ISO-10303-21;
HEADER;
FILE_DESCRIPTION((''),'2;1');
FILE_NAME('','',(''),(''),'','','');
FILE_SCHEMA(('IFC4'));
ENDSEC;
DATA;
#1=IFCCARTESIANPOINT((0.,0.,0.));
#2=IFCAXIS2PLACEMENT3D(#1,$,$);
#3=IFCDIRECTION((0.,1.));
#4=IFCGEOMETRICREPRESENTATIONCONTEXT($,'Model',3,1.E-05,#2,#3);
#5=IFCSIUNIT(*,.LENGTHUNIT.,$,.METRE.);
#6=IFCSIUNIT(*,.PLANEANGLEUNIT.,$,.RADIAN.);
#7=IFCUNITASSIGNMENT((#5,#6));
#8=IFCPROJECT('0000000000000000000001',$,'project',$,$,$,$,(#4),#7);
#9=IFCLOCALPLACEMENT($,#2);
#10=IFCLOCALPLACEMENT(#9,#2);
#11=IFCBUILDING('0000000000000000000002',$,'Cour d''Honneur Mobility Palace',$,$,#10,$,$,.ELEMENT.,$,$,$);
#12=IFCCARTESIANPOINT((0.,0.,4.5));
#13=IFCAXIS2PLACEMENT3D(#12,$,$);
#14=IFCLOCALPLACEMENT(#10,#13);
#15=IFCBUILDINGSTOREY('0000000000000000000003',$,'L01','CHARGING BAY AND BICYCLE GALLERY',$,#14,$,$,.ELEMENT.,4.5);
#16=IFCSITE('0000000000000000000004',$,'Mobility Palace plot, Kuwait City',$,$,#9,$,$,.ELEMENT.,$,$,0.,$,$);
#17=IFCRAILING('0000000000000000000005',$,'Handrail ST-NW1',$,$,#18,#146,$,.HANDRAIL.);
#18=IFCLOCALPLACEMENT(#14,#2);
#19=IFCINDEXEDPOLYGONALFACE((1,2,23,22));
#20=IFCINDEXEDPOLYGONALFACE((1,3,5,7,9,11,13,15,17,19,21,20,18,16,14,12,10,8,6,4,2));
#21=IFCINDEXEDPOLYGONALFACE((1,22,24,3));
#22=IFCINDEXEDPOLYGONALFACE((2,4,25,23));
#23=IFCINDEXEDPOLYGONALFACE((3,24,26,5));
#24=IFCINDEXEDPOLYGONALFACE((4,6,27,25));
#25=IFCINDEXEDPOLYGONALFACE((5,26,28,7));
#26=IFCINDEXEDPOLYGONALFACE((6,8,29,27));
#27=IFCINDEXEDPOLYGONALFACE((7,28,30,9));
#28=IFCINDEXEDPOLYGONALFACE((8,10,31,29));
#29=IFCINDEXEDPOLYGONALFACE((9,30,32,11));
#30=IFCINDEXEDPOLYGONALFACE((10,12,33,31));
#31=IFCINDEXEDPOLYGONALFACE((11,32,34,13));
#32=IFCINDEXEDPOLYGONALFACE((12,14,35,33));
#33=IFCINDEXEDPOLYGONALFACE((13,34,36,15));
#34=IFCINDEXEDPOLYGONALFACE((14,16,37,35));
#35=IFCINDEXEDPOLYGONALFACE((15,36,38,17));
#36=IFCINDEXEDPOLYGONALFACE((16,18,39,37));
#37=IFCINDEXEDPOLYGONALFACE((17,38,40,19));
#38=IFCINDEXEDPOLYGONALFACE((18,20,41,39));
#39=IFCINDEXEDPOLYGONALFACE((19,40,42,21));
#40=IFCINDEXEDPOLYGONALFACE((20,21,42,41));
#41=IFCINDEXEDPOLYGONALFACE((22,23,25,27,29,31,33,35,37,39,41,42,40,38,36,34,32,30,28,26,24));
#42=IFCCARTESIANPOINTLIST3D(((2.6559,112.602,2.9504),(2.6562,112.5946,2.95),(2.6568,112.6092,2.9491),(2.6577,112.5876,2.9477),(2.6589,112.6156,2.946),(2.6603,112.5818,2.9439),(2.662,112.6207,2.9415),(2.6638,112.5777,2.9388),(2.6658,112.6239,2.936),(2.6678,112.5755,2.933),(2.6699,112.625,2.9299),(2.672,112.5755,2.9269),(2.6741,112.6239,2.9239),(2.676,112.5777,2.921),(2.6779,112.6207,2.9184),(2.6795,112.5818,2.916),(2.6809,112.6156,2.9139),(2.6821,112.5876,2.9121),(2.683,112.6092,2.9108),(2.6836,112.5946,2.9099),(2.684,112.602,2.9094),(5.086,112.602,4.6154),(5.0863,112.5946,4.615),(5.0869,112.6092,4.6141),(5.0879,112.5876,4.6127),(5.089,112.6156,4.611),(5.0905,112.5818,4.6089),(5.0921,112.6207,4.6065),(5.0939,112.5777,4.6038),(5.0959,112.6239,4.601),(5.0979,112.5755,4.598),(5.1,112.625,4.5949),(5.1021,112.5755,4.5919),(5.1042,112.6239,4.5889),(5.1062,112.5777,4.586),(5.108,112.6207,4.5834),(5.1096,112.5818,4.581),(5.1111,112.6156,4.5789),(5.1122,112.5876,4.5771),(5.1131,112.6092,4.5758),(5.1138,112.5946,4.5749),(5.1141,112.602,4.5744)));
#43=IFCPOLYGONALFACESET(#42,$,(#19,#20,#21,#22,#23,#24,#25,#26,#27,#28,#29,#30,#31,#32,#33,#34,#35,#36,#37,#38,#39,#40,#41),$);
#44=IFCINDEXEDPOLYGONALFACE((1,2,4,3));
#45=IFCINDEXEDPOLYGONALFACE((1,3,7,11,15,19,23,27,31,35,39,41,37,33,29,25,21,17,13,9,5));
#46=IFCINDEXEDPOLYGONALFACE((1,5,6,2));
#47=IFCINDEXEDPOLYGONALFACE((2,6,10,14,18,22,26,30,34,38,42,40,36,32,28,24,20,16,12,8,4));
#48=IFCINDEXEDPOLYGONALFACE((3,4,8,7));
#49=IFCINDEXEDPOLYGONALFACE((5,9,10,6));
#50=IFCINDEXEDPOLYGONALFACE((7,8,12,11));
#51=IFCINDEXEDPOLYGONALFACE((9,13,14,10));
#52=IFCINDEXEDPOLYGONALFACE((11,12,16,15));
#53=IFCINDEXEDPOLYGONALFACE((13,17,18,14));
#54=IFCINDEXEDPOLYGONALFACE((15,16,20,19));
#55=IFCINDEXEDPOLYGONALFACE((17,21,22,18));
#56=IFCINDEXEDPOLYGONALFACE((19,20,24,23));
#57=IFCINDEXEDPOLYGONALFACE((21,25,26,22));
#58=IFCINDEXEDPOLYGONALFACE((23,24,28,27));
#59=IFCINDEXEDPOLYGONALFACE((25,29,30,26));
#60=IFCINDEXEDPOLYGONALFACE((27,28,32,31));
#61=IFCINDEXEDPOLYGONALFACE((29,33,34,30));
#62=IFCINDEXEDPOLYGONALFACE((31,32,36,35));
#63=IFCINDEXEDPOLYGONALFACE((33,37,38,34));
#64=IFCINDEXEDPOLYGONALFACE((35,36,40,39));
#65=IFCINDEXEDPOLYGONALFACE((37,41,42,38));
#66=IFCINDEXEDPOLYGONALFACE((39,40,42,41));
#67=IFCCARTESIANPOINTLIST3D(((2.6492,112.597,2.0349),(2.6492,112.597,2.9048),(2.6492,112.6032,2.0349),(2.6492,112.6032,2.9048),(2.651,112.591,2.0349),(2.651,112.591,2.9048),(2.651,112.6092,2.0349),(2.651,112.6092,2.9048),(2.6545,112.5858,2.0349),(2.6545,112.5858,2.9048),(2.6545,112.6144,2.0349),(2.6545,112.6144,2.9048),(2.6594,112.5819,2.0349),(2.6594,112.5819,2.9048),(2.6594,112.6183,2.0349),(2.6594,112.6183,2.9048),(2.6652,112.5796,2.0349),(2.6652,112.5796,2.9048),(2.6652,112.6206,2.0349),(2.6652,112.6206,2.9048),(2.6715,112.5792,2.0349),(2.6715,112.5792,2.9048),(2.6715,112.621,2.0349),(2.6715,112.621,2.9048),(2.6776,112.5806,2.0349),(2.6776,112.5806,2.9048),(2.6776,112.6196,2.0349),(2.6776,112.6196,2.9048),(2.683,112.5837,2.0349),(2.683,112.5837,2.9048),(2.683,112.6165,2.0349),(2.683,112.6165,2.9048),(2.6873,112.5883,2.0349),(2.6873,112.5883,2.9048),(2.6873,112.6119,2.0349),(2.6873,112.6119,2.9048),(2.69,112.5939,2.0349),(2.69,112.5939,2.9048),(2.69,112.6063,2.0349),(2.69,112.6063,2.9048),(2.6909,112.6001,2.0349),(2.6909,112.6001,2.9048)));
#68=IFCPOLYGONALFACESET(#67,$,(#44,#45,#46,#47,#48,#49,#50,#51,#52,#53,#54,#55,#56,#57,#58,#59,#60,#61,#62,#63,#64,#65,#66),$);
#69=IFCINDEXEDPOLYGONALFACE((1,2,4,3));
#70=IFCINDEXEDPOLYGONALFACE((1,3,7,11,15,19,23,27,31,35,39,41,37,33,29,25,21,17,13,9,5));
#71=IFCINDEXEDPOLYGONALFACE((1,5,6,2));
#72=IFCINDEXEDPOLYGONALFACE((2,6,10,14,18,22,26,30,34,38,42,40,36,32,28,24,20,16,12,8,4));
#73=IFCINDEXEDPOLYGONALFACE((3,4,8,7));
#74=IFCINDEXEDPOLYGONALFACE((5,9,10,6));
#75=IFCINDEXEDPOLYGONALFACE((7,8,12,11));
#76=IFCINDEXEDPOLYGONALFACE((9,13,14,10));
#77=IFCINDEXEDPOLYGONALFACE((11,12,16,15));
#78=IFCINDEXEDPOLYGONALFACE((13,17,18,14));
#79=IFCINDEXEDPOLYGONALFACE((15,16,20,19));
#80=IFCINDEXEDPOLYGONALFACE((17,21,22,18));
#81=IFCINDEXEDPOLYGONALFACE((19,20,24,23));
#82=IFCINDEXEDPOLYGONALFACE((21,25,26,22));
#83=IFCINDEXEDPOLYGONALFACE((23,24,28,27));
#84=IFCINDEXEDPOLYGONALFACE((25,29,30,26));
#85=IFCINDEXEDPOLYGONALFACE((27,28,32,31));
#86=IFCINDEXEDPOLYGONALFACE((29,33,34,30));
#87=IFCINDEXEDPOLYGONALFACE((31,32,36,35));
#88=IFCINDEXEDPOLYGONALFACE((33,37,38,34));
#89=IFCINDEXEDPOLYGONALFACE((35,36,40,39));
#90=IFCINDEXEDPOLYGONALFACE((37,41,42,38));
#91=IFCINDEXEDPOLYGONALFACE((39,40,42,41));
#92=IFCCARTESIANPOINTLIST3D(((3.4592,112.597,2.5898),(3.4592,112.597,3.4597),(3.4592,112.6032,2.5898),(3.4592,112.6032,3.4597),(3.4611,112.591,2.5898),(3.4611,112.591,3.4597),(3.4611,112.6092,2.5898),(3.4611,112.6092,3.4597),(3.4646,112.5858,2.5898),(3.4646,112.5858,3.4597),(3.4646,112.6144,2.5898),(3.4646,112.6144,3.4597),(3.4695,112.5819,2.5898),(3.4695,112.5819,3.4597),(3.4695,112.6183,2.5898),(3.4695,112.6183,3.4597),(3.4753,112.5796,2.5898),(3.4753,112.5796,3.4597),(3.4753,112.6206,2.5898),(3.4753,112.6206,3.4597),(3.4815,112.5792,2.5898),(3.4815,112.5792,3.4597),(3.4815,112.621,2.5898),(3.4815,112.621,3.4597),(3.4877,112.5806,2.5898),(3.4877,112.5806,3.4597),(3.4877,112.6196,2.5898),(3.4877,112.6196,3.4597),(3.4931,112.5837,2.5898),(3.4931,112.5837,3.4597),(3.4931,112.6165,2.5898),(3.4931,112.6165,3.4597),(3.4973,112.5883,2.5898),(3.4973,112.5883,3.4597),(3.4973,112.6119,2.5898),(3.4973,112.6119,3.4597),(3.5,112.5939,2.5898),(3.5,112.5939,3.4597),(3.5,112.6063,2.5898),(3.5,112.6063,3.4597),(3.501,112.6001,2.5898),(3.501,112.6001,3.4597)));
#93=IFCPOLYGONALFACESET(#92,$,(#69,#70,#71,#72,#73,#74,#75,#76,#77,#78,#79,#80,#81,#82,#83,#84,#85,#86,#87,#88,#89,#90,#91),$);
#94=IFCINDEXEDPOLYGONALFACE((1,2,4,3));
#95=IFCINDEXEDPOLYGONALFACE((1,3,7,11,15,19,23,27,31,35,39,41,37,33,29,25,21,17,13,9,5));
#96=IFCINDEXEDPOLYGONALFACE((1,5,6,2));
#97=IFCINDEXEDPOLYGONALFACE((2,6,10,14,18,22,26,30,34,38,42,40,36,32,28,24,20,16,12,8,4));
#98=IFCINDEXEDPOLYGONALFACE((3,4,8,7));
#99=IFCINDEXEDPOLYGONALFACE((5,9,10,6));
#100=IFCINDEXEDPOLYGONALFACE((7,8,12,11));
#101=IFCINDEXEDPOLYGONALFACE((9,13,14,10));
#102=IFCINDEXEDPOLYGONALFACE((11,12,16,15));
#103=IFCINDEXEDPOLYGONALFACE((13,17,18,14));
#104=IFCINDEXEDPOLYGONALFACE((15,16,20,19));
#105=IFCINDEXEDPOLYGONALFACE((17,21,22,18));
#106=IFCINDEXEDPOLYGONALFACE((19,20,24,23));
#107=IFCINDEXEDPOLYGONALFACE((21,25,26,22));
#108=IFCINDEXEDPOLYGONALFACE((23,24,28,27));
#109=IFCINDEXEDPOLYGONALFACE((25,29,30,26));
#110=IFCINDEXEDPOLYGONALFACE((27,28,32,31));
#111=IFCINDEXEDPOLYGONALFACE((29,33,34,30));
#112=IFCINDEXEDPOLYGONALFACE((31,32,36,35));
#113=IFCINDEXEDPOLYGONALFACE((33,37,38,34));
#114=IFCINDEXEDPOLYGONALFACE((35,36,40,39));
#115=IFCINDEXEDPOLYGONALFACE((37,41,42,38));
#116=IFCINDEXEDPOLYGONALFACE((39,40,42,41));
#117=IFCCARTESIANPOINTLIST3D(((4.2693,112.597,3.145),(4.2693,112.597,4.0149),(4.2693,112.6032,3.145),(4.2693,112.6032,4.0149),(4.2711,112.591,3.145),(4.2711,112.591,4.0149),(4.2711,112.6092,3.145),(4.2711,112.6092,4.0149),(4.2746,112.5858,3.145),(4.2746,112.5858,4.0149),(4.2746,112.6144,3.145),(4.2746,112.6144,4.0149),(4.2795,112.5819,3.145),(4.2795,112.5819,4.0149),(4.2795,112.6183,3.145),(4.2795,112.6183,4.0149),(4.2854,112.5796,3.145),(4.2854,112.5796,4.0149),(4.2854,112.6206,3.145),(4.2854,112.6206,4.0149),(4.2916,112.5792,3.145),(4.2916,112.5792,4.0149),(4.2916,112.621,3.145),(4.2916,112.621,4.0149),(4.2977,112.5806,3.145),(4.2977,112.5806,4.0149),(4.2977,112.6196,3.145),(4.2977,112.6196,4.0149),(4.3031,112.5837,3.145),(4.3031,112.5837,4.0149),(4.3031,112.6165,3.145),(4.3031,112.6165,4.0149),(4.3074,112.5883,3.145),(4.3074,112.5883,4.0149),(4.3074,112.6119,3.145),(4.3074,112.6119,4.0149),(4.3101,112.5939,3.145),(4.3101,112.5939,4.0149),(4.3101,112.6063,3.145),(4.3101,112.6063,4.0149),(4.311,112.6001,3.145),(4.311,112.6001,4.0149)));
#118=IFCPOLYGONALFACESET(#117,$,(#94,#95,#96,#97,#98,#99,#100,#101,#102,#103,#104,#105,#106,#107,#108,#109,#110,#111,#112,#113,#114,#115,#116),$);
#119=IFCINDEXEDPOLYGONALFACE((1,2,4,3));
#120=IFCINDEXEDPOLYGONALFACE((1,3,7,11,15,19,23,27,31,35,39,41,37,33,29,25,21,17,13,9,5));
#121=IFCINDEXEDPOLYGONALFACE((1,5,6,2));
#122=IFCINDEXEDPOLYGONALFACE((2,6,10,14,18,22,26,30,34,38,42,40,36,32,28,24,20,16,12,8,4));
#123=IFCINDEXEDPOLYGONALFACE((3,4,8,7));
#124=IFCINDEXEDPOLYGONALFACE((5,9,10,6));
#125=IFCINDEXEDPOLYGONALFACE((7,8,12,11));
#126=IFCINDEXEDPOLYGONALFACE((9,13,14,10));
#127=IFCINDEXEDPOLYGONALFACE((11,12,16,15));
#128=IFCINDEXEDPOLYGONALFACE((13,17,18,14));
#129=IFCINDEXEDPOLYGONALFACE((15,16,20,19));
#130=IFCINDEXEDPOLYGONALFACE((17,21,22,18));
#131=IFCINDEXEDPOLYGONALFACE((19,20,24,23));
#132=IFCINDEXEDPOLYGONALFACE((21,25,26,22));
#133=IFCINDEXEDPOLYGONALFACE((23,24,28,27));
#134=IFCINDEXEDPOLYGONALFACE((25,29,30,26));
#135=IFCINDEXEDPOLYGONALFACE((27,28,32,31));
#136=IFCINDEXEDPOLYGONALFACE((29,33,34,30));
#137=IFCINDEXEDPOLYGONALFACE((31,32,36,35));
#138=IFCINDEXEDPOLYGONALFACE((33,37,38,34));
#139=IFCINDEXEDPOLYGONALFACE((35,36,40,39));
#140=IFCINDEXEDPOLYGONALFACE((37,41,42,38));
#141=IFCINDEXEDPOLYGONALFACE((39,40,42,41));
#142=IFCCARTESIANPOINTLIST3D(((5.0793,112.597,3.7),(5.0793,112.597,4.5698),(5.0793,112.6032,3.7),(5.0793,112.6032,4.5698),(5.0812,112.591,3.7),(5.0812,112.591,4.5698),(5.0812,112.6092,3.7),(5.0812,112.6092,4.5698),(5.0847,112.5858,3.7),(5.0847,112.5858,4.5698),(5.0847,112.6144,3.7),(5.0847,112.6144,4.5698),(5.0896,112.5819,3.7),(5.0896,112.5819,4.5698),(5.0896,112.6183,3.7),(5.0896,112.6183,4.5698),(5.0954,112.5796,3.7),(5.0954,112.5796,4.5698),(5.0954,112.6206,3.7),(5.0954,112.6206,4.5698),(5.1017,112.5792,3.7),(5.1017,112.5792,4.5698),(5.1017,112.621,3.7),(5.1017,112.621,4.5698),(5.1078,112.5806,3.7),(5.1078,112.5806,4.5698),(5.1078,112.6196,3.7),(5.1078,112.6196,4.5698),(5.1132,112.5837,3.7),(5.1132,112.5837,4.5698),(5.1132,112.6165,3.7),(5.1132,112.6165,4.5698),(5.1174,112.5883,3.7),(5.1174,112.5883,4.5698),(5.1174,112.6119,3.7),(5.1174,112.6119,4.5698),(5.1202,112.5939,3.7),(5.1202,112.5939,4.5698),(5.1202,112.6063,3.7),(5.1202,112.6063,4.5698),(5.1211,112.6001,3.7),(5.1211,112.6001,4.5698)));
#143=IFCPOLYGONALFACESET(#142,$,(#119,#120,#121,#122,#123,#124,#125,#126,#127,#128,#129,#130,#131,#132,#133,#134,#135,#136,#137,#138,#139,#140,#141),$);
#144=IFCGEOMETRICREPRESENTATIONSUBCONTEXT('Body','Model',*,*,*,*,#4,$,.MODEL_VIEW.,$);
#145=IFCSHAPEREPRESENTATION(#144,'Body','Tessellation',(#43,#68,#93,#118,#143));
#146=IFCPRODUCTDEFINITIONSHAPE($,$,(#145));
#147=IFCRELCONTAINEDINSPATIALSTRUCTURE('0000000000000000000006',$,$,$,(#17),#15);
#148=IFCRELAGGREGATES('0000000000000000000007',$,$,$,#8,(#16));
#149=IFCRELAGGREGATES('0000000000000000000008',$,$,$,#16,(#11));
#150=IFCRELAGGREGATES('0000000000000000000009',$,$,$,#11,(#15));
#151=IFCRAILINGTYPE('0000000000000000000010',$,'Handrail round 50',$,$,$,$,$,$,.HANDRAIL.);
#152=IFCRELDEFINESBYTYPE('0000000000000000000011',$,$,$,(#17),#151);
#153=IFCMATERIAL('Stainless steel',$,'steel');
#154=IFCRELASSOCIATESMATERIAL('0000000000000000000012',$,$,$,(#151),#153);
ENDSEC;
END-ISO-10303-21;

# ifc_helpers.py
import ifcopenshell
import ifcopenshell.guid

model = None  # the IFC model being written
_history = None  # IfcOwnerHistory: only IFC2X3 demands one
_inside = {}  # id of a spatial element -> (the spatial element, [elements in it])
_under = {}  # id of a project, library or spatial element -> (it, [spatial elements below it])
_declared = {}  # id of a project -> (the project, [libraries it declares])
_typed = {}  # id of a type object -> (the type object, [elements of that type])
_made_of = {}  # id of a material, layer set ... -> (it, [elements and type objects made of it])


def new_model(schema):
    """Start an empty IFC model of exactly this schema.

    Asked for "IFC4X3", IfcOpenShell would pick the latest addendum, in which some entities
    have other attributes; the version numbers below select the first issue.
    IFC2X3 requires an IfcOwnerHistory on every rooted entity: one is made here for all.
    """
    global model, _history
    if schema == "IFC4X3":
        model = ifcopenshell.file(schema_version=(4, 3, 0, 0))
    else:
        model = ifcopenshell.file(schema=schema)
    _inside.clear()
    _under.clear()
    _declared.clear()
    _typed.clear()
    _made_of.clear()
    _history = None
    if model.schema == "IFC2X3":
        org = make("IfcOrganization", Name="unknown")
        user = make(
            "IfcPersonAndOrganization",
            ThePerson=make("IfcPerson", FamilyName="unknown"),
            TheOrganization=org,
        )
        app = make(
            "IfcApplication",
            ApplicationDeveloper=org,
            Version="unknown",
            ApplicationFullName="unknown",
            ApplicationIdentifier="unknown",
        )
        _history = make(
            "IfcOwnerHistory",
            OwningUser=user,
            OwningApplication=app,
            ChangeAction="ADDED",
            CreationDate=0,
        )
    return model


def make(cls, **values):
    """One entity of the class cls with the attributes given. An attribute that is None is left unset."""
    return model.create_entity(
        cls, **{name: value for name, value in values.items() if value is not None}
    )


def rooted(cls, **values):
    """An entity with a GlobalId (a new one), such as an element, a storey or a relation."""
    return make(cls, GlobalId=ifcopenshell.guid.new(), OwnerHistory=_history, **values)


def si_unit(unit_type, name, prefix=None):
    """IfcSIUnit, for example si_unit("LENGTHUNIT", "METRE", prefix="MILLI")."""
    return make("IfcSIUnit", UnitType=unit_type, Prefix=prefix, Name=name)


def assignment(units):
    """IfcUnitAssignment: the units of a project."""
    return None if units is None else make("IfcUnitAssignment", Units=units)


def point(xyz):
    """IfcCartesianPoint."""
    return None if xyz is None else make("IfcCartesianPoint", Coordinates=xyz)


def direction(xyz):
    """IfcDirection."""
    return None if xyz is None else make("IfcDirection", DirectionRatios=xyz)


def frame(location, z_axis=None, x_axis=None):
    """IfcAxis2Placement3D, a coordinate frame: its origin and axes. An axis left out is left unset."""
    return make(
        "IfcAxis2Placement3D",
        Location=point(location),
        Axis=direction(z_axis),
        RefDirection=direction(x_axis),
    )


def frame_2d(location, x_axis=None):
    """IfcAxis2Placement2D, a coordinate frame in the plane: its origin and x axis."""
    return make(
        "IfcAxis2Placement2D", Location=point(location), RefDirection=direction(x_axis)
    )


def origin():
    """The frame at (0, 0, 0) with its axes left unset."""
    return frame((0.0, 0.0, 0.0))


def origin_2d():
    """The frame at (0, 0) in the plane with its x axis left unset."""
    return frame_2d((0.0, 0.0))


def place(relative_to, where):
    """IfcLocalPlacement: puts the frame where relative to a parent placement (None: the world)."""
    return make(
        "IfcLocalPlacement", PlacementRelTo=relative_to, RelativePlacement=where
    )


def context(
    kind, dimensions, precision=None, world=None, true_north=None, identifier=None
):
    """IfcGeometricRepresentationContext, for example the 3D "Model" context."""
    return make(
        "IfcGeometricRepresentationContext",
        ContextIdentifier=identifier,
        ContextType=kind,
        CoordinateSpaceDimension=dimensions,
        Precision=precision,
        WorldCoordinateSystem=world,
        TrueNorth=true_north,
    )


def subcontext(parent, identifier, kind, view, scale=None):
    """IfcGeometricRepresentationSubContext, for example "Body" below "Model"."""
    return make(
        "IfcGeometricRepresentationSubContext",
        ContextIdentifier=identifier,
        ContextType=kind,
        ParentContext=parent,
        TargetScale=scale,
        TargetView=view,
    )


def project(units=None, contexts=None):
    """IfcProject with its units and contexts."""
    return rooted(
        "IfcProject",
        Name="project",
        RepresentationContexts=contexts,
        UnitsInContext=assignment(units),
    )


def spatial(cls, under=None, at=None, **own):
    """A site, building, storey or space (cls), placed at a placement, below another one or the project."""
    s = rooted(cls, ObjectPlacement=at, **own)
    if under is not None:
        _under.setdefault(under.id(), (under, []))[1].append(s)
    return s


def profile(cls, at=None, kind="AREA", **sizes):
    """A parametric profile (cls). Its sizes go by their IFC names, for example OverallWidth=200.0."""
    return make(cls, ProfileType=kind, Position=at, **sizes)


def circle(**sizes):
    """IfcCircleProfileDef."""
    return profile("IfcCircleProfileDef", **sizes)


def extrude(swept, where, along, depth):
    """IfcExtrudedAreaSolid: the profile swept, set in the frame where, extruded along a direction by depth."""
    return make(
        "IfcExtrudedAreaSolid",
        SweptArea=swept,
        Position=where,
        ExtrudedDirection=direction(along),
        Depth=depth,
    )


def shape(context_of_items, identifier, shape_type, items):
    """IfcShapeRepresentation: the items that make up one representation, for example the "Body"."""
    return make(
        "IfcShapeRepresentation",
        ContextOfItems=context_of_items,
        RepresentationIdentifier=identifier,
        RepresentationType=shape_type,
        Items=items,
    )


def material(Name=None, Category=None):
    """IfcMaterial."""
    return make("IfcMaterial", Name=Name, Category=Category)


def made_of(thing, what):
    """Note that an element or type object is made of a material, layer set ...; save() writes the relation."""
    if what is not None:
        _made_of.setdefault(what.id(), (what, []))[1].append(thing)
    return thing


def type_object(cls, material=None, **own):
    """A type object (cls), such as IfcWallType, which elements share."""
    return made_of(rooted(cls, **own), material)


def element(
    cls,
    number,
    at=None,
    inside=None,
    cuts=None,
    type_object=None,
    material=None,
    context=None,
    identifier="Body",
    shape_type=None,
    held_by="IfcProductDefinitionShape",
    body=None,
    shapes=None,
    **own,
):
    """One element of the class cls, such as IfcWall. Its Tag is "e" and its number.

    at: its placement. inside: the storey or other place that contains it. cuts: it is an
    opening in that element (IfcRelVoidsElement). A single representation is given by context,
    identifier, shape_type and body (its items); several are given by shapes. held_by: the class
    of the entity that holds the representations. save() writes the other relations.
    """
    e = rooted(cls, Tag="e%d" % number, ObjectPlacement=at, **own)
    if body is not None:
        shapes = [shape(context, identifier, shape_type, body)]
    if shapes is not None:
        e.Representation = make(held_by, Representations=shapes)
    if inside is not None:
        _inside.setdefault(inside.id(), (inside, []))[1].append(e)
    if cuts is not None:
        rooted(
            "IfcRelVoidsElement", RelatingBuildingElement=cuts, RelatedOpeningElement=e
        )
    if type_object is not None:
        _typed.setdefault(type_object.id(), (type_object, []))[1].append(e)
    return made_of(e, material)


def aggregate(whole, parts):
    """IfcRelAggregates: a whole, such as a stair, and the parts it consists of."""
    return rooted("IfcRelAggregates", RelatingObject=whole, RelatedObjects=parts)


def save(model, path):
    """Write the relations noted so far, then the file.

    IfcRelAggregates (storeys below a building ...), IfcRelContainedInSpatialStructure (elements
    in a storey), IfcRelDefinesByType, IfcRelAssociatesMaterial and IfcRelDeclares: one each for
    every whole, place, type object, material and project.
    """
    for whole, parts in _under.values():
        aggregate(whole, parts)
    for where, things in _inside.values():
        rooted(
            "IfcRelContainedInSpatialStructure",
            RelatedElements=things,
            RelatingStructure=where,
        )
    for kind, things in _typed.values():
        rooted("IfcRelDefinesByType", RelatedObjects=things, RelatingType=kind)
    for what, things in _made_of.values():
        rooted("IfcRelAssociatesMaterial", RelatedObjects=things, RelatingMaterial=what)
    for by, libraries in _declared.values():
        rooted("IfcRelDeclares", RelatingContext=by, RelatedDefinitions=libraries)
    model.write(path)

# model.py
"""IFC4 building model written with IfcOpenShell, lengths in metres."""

from ifc_helpers import new_model, si_unit, direction, frame, origin, origin_2d, place, context, subcontext, project, spatial, circle, extrude, material, type_object, element, save


model = new_model("IFC4")

# Units and contexts
model_context = context("Model", 3, precision=1e-05, world=origin(), true_north=direction((0.0, 1.0)))
body_context = subcontext(model_context, "Body", "Model", "MODEL_VIEW")
ifc_project = project(units=[si_unit("LENGTHUNIT", "METRE"), si_unit("PLANEANGLEUNIT", "RADIAN")], contexts=[model_context])

# Site, building, storey
site_placement = place(None, origin())
site = spatial("IfcSite", under=ifc_project, at=site_placement, Name="Mobility Palace plot, Kuwait City", CompositionType="ELEMENT", RefElevation=0.0)
building_placement = place(site_placement, origin())
building = spatial("IfcBuilding", under=site, at=building_placement, Name="Cour d'Honneur Mobility Palace", CompositionType="ELEMENT")
storey_placement = place(building_placement, frame((0.0, 0.0, 4.5)))
storey = spatial("IfcBuildingStorey", under=building, at=storey_placement, Name="L01", Description="CHARGING BAY AND BICYCLE GALLERY", CompositionType="ELEMENT", Elevation=4.5)

# Railing
ifc_material_1 = material(Name="Stainless steel", Category="steel")
railing_type_1 = type_object("IfcRailingType", Name="Handrail round 50", PredefinedType="HANDRAIL", material=ifc_material_1)
railing_1_placement = place(storey_placement, frame((2.6699, 112.6001, 2.0349)))
element("IfcRailing", 1, at=railing_1_placement, inside=storey, type_object=railing_type_1, Name="Handrail ST-NW1", PredefinedType="HANDRAIL", context=body_context, shape_type="SweptSolid", body=[
    extrude(circle(Radius=0.0249, at=origin_2d()), frame((0.0, 0.0, 0.895), z_axis=(0.824945, 0.0, 0.565213), x_axis=(0.0, 1.0, 0.0)), (0.0, 0.0, 1.0), 2.9458),
    extrude(circle(Radius=0.021, at=origin_2d()), origin(), (0.0, 0.0, 1.0), 0.8699),
    extrude(circle(Radius=0.021, at=origin_2d()), frame((0.8101, 0.0, 0.5549)), (0.0, 0.0, 1.0), 0.8699),
    extrude(circle(Radius=0.021, at=origin_2d()), frame((1.6201, 0.0, 1.1101)), (0.0, 0.0, 1.0), 0.8699),
    extrude(circle(Radius=0.021, at=origin_2d()), frame((2.4302, 0.0, 1.665)), (0.0, 0.0, 1.0), 0.8699),
])

save(model, "model.ifc")
